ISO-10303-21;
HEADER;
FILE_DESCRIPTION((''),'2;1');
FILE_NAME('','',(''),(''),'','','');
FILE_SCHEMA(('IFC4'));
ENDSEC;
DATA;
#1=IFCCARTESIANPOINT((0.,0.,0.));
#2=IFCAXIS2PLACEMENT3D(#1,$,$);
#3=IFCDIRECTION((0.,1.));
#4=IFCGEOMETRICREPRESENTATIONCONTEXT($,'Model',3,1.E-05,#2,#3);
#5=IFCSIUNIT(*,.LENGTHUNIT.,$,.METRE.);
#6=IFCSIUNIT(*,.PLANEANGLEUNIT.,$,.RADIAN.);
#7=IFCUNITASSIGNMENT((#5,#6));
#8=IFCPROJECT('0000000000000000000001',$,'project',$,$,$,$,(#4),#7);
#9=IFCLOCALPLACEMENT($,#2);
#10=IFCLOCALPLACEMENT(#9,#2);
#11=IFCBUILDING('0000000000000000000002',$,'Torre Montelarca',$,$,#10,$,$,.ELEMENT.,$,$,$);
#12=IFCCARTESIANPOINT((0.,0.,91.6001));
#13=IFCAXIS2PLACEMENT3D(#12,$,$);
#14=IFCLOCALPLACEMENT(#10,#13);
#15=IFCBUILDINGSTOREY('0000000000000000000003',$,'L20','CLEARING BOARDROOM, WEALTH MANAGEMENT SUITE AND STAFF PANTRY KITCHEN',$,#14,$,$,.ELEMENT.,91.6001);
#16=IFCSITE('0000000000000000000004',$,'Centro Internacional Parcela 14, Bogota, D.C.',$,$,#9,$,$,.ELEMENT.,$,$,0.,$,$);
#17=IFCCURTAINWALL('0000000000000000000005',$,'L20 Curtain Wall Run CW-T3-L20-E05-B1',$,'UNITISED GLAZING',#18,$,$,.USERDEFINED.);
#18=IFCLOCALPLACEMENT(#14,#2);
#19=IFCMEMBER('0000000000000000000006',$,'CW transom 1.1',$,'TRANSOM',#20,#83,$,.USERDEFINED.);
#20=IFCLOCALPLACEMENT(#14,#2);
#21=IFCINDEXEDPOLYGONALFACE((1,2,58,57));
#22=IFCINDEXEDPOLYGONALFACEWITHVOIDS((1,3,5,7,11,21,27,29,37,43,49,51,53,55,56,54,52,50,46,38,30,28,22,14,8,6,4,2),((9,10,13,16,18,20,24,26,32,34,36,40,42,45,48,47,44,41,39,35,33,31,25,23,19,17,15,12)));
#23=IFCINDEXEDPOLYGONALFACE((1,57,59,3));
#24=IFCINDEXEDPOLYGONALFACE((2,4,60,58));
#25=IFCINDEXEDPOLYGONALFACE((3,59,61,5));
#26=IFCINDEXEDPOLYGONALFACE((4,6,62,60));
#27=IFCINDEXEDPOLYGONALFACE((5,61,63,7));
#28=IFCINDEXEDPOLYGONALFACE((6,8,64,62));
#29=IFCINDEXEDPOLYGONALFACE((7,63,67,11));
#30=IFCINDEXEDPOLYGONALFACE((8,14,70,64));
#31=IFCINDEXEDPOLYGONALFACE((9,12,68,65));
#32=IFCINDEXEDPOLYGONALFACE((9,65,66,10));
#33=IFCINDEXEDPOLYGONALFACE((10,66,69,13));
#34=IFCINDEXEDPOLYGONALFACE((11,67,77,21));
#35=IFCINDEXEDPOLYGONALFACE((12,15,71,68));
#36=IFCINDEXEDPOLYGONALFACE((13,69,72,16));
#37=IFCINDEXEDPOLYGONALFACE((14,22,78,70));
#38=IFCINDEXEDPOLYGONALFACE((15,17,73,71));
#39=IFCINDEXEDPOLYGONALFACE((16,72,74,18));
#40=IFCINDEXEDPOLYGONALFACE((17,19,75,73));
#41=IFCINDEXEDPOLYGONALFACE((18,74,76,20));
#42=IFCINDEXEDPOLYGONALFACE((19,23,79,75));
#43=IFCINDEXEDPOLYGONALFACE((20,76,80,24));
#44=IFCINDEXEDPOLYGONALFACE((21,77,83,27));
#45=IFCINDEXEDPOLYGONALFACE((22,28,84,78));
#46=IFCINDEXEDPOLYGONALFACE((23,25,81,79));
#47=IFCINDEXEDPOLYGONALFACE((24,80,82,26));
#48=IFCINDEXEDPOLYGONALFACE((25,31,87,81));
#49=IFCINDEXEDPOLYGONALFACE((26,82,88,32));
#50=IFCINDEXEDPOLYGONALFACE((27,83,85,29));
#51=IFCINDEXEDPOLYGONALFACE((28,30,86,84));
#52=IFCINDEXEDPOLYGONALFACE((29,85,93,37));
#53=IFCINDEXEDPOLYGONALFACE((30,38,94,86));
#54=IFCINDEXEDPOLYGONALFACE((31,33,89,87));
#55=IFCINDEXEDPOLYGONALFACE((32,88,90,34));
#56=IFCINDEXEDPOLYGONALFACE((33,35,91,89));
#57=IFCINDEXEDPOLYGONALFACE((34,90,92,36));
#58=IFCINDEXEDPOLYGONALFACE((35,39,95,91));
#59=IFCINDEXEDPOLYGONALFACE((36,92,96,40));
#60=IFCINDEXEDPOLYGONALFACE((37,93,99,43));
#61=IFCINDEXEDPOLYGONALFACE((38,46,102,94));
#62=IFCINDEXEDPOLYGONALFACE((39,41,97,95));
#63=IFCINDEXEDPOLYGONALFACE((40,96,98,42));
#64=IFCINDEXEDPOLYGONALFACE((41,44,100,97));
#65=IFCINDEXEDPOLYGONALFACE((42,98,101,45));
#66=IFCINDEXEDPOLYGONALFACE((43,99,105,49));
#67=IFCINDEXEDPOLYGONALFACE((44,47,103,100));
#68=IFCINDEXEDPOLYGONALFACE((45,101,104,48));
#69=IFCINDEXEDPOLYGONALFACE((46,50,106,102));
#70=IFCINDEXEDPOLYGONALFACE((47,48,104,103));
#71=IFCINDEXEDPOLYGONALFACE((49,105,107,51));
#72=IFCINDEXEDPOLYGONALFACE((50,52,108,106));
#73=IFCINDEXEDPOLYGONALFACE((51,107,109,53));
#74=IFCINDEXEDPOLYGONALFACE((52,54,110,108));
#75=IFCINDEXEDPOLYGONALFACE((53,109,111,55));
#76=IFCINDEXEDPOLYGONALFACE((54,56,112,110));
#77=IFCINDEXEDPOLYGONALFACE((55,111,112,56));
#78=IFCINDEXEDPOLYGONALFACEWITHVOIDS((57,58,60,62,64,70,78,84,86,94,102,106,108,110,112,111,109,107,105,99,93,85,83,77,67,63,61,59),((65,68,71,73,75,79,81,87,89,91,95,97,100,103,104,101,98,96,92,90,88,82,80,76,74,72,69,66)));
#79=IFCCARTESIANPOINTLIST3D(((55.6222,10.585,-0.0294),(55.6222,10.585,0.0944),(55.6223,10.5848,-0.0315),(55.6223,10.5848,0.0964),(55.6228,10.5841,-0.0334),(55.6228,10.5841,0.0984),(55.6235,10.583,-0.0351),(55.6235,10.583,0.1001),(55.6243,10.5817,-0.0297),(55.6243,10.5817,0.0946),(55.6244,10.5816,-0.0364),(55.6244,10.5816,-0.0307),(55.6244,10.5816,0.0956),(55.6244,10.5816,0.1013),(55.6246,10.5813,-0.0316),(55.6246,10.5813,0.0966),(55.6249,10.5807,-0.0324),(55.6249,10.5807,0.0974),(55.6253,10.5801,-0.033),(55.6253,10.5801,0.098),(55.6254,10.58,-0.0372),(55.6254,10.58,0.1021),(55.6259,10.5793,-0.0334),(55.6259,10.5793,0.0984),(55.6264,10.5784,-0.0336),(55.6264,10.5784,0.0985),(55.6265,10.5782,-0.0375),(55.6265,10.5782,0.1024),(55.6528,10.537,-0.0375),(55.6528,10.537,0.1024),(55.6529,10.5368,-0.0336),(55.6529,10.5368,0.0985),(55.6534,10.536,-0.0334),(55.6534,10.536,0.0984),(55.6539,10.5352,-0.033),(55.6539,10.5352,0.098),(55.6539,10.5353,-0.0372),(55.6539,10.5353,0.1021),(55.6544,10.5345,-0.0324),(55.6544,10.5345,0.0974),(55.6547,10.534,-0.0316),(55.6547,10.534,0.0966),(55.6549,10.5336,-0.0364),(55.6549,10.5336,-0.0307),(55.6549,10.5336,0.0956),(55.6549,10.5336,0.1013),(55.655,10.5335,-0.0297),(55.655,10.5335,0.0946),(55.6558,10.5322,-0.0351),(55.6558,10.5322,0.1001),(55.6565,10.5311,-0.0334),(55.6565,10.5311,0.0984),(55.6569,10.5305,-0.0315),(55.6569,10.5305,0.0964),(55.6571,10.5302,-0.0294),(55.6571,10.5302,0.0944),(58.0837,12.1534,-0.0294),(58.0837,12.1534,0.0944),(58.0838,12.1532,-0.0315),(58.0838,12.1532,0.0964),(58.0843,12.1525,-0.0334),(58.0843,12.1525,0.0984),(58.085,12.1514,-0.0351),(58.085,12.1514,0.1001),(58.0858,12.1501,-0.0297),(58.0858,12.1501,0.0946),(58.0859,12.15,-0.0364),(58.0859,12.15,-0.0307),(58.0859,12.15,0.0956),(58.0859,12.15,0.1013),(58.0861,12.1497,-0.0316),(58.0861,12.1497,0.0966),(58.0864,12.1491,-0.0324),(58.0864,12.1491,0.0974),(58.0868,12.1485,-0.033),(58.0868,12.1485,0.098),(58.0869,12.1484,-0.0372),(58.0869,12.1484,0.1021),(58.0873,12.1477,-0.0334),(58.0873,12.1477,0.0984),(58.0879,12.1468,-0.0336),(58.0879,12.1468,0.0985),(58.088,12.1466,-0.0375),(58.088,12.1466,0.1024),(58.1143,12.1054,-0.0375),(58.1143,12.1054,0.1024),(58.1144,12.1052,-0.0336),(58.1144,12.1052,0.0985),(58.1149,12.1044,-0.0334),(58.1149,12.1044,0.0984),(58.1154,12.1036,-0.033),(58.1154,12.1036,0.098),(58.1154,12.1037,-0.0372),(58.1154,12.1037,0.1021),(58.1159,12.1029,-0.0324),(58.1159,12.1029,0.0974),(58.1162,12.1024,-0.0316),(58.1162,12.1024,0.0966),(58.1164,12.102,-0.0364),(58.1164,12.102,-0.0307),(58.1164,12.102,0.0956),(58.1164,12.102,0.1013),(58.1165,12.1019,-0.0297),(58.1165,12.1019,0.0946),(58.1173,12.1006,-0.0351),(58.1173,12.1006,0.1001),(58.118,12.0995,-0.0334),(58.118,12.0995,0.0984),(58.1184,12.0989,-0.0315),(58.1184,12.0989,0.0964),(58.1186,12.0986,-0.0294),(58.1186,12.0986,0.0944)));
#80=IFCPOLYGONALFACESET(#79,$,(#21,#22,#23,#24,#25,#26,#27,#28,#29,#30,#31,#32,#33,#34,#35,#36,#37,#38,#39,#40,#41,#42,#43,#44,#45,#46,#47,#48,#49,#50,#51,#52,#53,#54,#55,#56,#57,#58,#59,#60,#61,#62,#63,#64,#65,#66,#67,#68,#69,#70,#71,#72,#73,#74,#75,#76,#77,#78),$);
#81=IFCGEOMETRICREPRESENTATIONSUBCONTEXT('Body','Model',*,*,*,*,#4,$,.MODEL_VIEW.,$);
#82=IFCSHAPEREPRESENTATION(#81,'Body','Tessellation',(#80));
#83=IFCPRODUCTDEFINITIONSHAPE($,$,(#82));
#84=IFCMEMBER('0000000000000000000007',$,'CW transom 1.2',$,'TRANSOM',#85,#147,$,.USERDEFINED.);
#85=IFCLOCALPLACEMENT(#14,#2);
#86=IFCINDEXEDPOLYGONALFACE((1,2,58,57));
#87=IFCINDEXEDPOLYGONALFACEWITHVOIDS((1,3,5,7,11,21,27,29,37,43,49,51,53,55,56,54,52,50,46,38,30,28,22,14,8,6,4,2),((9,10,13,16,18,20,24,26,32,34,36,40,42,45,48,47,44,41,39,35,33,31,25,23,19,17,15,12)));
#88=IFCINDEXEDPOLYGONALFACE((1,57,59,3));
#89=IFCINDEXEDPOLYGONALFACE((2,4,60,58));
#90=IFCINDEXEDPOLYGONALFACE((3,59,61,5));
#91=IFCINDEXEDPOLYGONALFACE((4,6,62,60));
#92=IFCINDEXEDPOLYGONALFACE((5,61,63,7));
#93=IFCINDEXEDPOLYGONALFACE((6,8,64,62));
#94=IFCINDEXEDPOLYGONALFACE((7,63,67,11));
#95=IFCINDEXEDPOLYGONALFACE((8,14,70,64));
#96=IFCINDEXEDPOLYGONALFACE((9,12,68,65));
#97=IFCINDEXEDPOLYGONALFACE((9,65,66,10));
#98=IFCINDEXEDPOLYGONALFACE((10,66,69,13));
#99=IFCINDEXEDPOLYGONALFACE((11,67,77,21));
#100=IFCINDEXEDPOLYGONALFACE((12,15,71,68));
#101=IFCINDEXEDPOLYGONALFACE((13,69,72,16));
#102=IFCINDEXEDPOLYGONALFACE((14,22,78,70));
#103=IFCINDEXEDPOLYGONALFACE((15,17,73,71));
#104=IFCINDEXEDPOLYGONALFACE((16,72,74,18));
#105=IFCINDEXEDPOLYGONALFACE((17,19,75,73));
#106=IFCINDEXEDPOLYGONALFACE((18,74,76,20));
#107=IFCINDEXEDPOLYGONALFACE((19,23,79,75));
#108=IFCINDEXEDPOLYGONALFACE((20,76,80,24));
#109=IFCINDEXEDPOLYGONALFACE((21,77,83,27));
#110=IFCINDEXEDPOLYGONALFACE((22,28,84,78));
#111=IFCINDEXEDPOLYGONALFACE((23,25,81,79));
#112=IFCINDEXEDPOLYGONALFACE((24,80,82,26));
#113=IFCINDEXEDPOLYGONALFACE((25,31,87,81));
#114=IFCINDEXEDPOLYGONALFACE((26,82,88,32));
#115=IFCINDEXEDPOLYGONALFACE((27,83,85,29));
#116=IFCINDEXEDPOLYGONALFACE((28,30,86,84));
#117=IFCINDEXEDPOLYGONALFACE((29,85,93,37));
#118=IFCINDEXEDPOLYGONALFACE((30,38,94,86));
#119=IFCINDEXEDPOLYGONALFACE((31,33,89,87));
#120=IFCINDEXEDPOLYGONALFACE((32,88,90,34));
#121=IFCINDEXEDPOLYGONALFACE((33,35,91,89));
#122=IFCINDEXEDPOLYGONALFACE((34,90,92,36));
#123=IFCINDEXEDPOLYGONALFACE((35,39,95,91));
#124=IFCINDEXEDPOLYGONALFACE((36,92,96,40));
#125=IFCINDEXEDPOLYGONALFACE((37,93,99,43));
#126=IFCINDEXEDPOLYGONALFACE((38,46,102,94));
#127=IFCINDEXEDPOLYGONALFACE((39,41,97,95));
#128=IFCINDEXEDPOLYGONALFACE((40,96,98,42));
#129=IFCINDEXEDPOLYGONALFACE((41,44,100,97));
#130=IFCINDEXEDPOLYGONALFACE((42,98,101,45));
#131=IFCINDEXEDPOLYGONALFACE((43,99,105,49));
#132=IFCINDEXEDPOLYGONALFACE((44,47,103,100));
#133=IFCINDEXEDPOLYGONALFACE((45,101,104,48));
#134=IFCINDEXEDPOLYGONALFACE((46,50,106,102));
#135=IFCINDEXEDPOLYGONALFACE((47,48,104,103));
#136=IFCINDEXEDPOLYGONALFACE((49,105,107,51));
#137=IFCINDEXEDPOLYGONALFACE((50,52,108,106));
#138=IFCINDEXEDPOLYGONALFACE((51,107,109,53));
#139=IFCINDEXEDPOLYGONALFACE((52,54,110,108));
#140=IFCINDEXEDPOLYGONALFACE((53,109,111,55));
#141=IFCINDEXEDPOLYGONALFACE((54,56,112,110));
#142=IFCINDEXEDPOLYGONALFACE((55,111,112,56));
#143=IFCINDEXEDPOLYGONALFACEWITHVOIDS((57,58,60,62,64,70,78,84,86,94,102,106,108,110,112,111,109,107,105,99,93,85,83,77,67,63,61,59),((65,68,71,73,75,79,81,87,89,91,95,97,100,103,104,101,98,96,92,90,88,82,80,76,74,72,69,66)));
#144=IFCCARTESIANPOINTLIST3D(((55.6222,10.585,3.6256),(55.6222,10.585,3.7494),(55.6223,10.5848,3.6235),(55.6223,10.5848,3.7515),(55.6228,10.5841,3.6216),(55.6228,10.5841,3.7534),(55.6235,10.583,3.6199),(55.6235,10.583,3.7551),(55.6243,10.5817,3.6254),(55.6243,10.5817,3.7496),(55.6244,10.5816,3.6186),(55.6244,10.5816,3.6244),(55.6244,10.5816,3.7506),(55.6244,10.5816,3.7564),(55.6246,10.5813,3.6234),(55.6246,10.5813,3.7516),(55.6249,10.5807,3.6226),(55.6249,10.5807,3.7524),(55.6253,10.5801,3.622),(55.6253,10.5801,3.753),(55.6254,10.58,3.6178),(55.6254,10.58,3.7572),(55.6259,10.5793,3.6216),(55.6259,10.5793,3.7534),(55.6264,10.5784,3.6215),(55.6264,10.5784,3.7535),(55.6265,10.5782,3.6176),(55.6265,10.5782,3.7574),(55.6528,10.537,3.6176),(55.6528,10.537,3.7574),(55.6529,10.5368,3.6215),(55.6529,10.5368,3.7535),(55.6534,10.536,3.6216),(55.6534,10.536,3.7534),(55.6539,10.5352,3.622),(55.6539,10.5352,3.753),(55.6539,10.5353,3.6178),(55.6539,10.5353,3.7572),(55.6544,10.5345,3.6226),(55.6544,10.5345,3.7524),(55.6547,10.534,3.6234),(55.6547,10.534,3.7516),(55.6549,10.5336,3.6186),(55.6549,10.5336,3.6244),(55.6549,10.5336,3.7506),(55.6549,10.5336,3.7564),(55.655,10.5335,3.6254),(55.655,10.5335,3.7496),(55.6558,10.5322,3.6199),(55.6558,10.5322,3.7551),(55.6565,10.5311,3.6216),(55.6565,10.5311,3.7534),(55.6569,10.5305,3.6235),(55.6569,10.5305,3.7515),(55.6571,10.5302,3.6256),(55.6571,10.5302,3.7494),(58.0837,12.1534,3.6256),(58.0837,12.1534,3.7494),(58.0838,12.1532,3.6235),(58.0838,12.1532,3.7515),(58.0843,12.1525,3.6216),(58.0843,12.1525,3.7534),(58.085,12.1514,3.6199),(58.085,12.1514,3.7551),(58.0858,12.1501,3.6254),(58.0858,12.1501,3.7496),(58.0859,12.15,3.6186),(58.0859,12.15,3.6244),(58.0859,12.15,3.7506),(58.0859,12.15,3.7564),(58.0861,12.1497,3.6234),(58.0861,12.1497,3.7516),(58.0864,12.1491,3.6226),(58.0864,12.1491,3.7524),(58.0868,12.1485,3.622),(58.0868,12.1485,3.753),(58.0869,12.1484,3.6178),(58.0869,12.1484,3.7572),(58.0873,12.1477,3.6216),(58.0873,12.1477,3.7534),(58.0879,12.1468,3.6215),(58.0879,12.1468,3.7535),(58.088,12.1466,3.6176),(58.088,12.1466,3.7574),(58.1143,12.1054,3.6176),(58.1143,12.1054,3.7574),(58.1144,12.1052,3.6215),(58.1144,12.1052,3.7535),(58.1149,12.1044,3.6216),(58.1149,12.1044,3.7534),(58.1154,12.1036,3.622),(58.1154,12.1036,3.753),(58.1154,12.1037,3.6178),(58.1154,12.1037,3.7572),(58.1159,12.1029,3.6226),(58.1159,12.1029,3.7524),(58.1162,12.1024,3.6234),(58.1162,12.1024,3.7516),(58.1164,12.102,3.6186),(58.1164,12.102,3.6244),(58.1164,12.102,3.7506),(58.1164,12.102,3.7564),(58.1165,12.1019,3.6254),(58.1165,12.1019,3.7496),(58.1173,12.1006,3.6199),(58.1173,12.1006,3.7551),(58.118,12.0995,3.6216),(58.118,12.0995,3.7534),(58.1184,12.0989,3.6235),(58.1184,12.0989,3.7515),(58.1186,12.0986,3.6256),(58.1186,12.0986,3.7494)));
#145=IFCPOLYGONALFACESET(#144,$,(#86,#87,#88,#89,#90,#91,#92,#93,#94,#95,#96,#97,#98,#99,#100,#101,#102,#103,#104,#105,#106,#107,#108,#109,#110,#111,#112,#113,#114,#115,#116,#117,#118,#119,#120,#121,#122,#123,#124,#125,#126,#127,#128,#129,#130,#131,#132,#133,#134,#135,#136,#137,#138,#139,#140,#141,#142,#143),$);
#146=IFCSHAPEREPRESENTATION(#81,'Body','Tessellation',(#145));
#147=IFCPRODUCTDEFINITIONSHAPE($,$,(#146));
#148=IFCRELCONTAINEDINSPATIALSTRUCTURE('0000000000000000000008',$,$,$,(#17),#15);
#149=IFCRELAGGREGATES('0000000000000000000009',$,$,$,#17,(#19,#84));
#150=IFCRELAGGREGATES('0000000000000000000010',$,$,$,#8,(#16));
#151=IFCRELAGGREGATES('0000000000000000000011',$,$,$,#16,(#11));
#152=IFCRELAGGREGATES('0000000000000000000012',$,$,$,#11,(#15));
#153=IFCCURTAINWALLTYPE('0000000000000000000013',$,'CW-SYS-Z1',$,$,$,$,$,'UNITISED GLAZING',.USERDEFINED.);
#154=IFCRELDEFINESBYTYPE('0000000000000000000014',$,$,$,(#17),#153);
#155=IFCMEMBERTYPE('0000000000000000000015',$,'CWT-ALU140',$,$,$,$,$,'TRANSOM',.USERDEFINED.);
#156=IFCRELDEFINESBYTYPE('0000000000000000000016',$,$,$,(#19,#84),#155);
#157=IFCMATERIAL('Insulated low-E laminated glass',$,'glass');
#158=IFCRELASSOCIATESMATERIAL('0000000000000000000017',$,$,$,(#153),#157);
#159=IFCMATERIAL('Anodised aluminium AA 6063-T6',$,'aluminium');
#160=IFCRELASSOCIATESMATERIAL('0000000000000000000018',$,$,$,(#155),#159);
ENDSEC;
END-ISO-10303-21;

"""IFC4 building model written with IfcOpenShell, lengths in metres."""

from ifc_helpers import new_model, si_unit, direction, frame, origin, origin_2d, place, context, subcontext, project, spatial, hollow_rectangle, extrude, source, transform, mapped, material, material_profile, profile_set, type_object, element, aggregate, save


model = new_model("IFC4")

# Units and contexts
model_context = context("Model", 3, precision=1e-05, world=origin(), true_north=direction((0.0, 1.0)))
body_context = subcontext(model_context, "Body", "Model", "MODEL_VIEW")
ifc_project = project(units=[si_unit("LENGTHUNIT", "METRE"), si_unit("PLANEANGLEUNIT", "RADIAN")], contexts=[model_context])

# Site, building, storey
site_placement = place(None, origin())
site = spatial("IfcSite", under=ifc_project, at=site_placement, Name="Centro Internacional Parcela 14, Bogota, D.C.", CompositionType="ELEMENT", RefElevation=0.0)
building_placement = place(site_placement, origin())
building = spatial("IfcBuilding", under=site, at=building_placement, Name="Torre Montelarca", CompositionType="ELEMENT")
storey_placement = place(building_placement, frame((0.0, 0.0, 91.6001)))
storey = spatial("IfcBuildingStorey", under=building, at=storey_placement, Name="L20", Description="CLEARING BOARDROOM, WEALTH MANAGEMENT SUITE AND STAFF PANTRY KITCHEN", CompositionType="ELEMENT", Elevation=91.6001)

# Curtain wall, members
ifc_material_1 = material(Name="Insulated low-E laminated glass", Category="glass")
curtain_wall_type = type_object("IfcCurtainWallType", Name="CW-SYS-Z1", ElementType="UNITISED GLAZING", PredefinedType="USERDEFINED", material=ifc_material_1)
ifc_material_2 = material(Name="Anodised aluminium AA 6063-T6", Category="aluminium")
ifc_material_profile_1 = material_profile(ifc_material_2, hollow_rectangle(XDim=0.0649, YDim=0.1399, WallThickness=0.0039, InnerFilletRadius=0.0039, OuterFilletRadius=0.0081, at=origin_2d()), Name="ALU65X140X4", Category="aluminium")
ifc_profile_set_1 = profile_set([ifc_material_profile_1], Name="Anodised aluminium AA 6063-T6")
member_type_1 = type_object("IfcMemberType", Name="CWT-ALU140", ElementType="TRANSOM", PredefinedType="USERDEFINED", material=ifc_profile_set_1)
curtain_wall_1_placement = place(storey_placement, origin())
curtain_wall_1 = element("IfcCurtainWall", 1, at=curtain_wall_1_placement, inside=storey, type_object=curtain_wall_type, Name="L20 Curtain Wall Run CW-T3-L20-E05-B1", ObjectType="UNITISED GLAZING", PredefinedType="USERDEFINED")
shared_shape_1 = source(origin(), body_context, "Body", "SweptSolid", [
    extrude(hollow_rectangle(XDim=0.0649, YDim=0.1399, WallThickness=0.0039, InnerFilletRadius=0.0039, OuterFilletRadius=0.0081, at=origin_2d()), origin(), (0.0, 0.0, 1.0), 2.9187),
])
member_1_placement = place(storey_placement, frame((55.6396, 10.5576, 0.0325), z_axis=(0.843351, 0.537363, 0.0), x_axis=(-0.537363, 0.843351, 0.0)))
member_1 = element("IfcMember", 2, at=member_1_placement, type_object=member_type_1, Name="CW transom 1.1", ObjectType="TRANSOM", PredefinedType="USERDEFINED", context=body_context, shape_type="MappedRepresentation", body=[
    mapped(shared_shape_1, transform((0.0, 0.0, 0.0), scale=1.0)),
])
member_2_placement = place(storey_placement, frame((55.6396, 10.5576, 3.6875), z_axis=(0.843351, 0.537363, 0.0), x_axis=(-0.537363, 0.843351, 0.0)))
member_2 = element("IfcMember", 3, at=member_2_placement, type_object=member_type_1, Name="CW transom 1.2", ObjectType="TRANSOM", PredefinedType="USERDEFINED", context=body_context, shape_type="MappedRepresentation", body=[
    mapped(shared_shape_1, transform((0.0, 0.0, 0.0), scale=1.0)),
])

aggregate(curtain_wall_1, [member_1, member_2])

save(model, "model.ifc")
